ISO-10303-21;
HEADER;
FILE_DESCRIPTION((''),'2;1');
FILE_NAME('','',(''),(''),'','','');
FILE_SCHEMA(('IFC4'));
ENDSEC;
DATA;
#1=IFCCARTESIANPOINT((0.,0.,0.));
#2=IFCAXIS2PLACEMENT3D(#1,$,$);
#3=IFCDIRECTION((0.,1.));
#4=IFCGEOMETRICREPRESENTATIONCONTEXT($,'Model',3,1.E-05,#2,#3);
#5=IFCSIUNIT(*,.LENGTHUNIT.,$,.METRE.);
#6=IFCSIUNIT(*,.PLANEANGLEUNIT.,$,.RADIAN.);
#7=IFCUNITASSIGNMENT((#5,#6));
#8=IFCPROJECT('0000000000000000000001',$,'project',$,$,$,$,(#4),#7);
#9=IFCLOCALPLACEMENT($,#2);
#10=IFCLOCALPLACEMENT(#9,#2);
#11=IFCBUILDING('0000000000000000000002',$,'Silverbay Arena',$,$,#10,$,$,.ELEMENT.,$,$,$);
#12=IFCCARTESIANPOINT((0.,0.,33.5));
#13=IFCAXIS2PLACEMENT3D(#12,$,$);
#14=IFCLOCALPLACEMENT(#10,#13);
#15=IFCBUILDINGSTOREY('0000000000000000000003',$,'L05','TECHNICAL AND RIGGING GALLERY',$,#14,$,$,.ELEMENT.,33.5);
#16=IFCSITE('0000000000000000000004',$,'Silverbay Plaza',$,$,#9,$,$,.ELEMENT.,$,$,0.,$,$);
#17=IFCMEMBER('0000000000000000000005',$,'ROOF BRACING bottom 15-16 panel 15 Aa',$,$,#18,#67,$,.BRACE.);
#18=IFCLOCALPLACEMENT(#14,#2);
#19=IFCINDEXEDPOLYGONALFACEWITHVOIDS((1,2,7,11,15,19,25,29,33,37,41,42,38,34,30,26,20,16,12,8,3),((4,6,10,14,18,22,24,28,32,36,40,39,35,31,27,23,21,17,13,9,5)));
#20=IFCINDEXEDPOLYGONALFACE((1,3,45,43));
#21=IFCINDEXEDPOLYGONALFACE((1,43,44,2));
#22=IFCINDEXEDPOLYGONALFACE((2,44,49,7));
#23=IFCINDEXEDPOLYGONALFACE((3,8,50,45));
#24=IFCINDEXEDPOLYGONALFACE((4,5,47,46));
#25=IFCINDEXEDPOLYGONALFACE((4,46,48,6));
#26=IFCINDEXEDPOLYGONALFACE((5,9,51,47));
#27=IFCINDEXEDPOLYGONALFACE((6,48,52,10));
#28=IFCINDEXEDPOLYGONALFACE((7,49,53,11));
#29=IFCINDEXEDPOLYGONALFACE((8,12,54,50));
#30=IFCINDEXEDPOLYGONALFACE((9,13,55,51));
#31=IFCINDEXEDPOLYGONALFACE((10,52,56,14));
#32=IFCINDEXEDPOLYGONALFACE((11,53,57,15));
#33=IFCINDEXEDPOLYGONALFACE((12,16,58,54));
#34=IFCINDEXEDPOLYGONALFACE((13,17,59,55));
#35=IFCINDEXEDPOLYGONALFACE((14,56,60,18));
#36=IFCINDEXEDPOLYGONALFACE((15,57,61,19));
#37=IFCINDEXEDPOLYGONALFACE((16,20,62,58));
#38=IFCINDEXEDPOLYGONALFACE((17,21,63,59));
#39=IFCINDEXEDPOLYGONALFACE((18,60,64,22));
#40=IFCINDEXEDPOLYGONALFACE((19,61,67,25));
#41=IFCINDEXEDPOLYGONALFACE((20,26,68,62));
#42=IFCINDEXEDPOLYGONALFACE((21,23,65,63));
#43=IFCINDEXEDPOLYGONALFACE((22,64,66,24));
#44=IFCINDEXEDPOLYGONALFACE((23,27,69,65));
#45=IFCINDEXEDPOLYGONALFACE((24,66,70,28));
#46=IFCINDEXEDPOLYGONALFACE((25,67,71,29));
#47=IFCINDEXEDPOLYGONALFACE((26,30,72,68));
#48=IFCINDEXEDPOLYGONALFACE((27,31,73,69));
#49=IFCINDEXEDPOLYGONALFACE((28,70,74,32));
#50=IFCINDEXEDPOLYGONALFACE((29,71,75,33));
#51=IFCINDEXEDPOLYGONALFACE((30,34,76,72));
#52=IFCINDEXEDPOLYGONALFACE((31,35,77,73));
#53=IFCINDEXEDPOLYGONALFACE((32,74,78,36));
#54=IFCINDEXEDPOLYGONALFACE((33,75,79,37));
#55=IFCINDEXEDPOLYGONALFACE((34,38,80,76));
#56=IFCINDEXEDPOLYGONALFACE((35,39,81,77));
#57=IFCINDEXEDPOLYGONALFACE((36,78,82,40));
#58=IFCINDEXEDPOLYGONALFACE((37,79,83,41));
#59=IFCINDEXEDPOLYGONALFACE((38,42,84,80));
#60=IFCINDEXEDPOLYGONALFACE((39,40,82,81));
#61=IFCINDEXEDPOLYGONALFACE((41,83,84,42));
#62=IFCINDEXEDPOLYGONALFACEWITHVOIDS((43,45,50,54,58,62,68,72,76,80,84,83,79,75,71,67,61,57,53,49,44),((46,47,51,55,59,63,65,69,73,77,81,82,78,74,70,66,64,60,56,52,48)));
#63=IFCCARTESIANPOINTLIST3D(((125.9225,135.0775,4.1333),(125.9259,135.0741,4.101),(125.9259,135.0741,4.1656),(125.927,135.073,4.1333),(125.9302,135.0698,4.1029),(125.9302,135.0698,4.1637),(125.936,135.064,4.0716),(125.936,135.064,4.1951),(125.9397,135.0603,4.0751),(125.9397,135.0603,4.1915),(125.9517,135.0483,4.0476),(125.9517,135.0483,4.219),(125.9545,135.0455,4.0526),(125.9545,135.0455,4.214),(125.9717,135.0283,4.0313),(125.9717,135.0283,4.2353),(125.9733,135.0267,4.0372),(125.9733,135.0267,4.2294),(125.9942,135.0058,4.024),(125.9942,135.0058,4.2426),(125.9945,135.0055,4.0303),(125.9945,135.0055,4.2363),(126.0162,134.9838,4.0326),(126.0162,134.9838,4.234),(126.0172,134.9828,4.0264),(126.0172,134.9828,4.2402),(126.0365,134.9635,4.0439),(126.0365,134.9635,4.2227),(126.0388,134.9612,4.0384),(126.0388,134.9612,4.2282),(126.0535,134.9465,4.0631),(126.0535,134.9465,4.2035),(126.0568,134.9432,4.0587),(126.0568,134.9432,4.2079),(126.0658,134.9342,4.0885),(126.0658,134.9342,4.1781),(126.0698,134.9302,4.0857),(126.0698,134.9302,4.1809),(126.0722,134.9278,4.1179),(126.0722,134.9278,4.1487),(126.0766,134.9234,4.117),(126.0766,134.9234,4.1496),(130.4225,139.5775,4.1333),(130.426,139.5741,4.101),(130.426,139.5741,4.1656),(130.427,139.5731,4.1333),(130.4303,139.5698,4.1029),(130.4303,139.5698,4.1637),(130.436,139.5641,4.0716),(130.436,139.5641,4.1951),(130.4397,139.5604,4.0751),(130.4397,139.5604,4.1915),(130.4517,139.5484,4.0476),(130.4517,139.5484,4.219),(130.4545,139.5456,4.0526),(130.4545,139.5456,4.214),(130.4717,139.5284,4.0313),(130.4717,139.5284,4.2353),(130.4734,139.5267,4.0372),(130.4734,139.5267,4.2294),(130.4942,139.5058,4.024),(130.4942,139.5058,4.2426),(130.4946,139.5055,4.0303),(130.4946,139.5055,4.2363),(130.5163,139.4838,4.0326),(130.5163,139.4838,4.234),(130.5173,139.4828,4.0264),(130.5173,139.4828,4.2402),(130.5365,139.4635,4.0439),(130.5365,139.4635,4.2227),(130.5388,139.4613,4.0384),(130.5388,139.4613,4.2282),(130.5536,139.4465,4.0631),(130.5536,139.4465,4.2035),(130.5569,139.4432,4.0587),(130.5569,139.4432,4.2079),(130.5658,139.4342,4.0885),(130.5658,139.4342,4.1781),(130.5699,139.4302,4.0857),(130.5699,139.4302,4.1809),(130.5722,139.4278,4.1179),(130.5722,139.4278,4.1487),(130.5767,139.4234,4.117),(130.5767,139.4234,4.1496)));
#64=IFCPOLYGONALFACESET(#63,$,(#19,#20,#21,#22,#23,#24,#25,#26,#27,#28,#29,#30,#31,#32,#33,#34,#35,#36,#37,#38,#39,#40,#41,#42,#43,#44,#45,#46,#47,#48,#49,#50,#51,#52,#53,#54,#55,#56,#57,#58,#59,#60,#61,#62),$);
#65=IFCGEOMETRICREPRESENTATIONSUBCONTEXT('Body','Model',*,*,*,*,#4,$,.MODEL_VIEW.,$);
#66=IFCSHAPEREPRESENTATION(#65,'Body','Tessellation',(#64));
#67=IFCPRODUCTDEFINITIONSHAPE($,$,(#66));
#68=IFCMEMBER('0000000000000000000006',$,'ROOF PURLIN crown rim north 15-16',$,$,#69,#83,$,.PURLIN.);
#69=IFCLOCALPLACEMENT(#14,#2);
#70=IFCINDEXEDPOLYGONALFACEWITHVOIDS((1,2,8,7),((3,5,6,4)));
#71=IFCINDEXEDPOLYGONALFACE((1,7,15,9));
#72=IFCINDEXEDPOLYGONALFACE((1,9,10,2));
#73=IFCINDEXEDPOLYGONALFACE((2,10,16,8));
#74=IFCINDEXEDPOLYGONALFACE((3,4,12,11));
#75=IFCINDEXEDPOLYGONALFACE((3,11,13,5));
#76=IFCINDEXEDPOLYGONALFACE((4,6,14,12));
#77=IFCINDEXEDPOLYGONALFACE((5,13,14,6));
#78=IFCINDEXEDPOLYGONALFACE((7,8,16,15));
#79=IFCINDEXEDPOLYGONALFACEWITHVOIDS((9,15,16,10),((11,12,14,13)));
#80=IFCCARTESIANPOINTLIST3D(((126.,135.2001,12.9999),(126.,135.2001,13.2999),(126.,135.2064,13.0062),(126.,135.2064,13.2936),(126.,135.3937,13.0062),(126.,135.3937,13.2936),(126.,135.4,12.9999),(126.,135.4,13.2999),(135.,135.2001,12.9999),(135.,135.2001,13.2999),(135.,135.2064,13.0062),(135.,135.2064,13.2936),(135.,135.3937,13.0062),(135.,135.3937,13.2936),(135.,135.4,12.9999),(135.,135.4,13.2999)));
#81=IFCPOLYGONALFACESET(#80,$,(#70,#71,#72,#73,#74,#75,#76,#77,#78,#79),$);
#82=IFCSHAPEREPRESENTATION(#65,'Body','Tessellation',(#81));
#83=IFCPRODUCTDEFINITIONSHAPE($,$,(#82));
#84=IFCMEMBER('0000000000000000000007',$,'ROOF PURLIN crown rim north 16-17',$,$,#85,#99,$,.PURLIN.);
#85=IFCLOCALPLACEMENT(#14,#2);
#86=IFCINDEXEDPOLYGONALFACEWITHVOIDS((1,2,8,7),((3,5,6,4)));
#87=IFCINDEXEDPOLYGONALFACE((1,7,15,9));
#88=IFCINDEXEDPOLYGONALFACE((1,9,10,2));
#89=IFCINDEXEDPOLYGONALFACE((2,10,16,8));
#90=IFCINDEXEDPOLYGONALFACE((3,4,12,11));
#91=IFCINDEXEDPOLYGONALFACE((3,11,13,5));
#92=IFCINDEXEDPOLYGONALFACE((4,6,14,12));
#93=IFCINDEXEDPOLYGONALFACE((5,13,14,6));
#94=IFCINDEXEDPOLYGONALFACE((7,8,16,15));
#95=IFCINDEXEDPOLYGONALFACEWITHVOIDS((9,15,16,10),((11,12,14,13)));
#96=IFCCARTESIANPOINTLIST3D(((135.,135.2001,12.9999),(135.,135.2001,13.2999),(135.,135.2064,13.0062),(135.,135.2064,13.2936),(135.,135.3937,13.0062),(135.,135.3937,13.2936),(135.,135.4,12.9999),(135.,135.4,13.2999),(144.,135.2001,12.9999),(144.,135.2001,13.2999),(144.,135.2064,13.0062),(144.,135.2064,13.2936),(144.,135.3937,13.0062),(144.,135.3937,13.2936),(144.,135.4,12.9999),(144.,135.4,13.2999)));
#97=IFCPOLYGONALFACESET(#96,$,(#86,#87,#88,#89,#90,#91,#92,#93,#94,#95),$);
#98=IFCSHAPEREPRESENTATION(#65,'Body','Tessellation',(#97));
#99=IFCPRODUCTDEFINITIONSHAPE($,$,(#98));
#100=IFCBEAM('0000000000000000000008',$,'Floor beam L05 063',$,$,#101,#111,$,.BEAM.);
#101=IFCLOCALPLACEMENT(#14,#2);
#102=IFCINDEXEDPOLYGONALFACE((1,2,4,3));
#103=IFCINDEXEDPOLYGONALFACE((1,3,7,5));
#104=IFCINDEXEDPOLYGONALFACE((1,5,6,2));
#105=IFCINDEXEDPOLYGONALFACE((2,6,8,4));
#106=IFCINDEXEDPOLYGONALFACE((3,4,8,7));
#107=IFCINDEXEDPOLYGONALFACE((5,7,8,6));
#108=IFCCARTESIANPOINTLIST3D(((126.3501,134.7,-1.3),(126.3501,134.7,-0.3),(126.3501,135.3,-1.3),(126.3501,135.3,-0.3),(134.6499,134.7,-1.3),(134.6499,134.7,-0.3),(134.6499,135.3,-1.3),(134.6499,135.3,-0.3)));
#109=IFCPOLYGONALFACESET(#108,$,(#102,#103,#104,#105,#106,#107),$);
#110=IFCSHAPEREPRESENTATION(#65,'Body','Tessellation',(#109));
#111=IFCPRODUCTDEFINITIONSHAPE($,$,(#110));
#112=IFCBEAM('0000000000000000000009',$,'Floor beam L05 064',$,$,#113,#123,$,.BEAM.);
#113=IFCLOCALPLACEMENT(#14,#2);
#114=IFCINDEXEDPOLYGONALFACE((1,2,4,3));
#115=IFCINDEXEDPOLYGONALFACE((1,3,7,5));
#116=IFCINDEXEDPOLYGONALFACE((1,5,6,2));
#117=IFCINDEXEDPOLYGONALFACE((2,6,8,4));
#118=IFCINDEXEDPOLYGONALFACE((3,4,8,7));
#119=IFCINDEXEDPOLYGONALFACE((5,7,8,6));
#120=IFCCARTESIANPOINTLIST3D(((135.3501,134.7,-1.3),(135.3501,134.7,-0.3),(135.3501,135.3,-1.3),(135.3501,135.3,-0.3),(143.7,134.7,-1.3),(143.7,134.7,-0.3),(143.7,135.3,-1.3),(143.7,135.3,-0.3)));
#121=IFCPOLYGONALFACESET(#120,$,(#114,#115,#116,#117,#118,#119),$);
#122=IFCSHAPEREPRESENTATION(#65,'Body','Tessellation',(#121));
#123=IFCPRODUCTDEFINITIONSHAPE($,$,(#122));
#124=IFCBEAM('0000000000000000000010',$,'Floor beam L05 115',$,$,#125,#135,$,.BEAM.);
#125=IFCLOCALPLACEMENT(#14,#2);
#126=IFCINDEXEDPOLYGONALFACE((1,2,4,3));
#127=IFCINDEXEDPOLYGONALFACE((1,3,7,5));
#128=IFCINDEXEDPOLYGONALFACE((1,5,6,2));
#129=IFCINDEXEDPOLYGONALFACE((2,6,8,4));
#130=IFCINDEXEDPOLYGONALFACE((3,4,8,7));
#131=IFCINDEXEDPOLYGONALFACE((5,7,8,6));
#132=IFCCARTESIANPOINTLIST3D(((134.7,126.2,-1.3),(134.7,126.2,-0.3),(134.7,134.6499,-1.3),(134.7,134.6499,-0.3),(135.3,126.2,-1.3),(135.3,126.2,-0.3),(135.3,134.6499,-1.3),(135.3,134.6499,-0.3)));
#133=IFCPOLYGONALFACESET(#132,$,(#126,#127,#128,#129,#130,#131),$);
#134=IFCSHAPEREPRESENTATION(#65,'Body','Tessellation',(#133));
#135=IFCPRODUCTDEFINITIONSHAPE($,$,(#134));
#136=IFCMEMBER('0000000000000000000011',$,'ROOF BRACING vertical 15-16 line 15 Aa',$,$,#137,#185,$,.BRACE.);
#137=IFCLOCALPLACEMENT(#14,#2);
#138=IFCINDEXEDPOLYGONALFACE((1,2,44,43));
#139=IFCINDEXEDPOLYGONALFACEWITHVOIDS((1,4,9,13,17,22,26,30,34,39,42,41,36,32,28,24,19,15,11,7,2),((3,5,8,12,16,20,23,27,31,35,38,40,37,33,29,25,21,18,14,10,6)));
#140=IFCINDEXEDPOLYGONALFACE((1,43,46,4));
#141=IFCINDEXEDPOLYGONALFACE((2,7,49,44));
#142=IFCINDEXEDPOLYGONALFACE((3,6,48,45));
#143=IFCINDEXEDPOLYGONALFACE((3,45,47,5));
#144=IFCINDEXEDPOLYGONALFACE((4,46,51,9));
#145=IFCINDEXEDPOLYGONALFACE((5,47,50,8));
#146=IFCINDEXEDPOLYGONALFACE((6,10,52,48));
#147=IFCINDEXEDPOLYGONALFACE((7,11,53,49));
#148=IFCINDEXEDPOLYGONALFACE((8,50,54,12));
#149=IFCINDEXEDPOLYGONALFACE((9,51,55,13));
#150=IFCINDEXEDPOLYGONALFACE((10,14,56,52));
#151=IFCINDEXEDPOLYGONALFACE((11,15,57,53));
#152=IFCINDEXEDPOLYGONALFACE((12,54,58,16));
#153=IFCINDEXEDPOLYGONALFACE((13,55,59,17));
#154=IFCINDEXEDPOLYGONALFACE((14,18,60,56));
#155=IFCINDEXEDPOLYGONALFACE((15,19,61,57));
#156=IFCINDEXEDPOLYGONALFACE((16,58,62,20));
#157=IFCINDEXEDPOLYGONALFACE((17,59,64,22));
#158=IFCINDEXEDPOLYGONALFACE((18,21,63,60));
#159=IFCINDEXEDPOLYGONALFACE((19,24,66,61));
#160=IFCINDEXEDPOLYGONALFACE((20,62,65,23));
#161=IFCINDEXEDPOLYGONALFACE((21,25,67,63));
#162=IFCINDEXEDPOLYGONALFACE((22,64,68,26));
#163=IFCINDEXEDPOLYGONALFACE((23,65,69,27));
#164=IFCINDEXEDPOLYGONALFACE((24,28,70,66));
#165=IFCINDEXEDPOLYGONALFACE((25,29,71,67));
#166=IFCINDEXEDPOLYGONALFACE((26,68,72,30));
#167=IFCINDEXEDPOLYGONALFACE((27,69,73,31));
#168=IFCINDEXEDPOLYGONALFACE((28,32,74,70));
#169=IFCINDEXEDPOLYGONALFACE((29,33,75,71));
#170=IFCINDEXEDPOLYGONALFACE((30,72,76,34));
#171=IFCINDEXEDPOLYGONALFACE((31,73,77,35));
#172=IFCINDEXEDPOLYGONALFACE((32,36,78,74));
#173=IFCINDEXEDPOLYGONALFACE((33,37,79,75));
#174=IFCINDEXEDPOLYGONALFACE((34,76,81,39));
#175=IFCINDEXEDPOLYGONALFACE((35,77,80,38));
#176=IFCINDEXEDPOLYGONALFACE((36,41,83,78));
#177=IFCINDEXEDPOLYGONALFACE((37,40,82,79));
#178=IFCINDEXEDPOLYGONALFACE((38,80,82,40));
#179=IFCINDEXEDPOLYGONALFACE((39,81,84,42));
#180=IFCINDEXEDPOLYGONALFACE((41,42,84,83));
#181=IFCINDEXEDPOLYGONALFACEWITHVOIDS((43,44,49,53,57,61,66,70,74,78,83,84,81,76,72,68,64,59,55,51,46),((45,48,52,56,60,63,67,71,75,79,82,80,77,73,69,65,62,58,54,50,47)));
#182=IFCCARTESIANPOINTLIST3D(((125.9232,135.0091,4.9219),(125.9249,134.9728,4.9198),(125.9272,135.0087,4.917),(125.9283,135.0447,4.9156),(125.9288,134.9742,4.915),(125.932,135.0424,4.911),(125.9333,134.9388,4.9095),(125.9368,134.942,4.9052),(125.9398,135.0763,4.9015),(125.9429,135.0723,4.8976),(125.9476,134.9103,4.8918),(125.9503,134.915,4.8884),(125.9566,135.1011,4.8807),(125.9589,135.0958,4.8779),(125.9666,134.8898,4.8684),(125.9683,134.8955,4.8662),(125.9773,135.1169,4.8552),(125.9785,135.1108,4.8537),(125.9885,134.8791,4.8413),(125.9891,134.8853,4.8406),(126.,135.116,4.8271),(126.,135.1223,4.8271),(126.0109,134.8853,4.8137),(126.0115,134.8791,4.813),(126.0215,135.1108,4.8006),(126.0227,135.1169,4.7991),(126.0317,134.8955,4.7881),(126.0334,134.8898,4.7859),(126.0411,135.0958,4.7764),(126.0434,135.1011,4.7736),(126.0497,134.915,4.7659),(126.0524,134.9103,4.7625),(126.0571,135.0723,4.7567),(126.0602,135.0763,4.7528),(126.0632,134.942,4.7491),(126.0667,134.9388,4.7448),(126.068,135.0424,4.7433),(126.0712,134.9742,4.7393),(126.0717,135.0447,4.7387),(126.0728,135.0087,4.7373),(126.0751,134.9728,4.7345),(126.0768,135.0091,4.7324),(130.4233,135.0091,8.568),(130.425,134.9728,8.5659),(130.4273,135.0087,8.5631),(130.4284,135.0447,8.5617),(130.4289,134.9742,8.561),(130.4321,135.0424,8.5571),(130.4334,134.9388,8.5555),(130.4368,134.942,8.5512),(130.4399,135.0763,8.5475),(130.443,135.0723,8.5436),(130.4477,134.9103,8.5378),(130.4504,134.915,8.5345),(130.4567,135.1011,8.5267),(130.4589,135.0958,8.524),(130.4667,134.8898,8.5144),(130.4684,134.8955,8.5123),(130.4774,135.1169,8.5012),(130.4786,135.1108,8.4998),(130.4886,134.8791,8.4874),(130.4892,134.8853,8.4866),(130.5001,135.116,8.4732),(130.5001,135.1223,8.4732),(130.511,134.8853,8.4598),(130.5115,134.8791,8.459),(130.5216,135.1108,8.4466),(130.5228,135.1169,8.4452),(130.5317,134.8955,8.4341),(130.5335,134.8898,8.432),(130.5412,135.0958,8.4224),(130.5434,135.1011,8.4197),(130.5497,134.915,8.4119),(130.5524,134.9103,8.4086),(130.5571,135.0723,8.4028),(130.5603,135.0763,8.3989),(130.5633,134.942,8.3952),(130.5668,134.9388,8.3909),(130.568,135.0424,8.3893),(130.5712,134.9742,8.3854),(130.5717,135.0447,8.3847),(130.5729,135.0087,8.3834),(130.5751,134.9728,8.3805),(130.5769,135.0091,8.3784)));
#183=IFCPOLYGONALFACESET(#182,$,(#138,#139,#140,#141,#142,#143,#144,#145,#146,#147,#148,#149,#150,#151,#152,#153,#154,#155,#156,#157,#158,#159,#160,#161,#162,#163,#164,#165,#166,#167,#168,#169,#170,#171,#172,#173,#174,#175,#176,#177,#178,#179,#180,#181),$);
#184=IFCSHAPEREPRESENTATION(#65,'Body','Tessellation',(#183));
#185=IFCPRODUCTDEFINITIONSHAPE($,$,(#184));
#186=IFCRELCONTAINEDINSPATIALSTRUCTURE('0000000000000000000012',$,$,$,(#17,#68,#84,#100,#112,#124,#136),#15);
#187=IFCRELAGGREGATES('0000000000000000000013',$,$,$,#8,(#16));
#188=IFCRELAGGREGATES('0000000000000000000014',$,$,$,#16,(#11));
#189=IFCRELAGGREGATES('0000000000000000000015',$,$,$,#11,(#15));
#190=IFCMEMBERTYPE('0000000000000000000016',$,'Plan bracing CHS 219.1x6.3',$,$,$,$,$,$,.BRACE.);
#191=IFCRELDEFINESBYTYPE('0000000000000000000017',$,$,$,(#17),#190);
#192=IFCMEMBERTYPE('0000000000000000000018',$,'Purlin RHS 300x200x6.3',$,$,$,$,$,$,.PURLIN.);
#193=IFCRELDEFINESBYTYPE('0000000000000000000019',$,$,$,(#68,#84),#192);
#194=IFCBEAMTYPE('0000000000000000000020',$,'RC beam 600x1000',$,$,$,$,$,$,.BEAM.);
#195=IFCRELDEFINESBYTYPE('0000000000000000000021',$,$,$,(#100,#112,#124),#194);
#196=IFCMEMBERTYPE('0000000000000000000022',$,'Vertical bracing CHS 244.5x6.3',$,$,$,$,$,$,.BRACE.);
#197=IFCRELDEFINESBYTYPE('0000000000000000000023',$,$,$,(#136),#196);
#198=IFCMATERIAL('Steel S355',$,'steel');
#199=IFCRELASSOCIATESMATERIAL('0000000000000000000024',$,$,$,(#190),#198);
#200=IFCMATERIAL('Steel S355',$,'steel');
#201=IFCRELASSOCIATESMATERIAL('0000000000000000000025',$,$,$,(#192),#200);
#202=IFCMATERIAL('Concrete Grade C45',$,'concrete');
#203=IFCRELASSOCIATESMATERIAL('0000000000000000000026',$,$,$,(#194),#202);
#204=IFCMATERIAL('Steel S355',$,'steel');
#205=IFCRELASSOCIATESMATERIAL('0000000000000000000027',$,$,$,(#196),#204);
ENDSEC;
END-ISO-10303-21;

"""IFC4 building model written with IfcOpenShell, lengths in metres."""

from ifc_helpers import new_model, si_unit, direction, frame, origin, origin_2d, place, context, subcontext, project, spatial, rectangle, hollow_rectangle, hollow_circle, extrude, material, material_profile, profile_set, type_object, element, save


model = new_model("IFC4")

# Units and contexts
model_context = context("Model", 3, precision=1e-05, world=origin(), true_north=direction((0.0, 1.0)))
body_context = subcontext(model_context, "Body", "Model", "MODEL_VIEW")
ifc_project = project(units=[si_unit("LENGTHUNIT", "METRE"), si_unit("PLANEANGLEUNIT", "RADIAN")], contexts=[model_context])

# Site, building, storey
site_placement = place(None, origin())
site = spatial("IfcSite", under=ifc_project, at=site_placement, Name="Silverbay Plaza", CompositionType="ELEMENT", RefElevation=0.0)
building_placement = place(site_placement, origin())
building = spatial("IfcBuilding", under=site, at=building_placement, Name="Silverbay Arena", CompositionType="ELEMENT")
storey_placement = place(building_placement, frame((0.0, 0.0, 33.5)))
storey = spatial("IfcBuildingStorey", under=building, at=storey_placement, Name="L05", Description="TECHNICAL AND RIGGING GALLERY", CompositionType="ELEMENT", Elevation=33.5)

# Members
ifc_material_1 = material(Name="Steel S355", Category="steel")
ifc_material_profile_1 = material_profile(ifc_material_1, hollow_circle(Radius=0.1096, WallThickness=0.0063, at=origin_2d()), Name="CHS 219.1x6.3")
ifc_profile_set_1 = profile_set([ifc_material_profile_1], Name="Steel S355")
member_type_1 = type_object("IfcMemberType", Name="Plan bracing CHS 219.1x6.3", PredefinedType="BRACE", material=ifc_profile_set_1)
for number, where, z_axis, x_axis, name in (
    (1, (126.0, 135.0, 4.1333), (0.707107, 0.707107, 0.0), (-0.707107, 0.707107, 0.0), "ROOF BRACING bottom 15-16 panel 15 Aa"),
):
    element("IfcMember", number, at=place(storey_placement, frame(where, z_axis=z_axis, x_axis=x_axis)), inside=storey, type_object=member_type_1, Name=name, PredefinedType="BRACE", context=body_context, shape_type="SweptSolid", body=[
        extrude(hollow_circle(Radius=0.1096, WallThickness=0.0063, at=origin_2d()), origin(), (0.0, 0.0, 1.0), 6.364),
    ])
ifc_material_2 = material(Name="Steel S355", Category="steel")
ifc_material_profile_2 = material_profile(ifc_material_2, hollow_rectangle(XDim=0.2, YDim=0.3, WallThickness=0.0063, at=origin_2d()), Name="RHS 300x200x6.3")
ifc_profile_set_2 = profile_set([ifc_material_profile_2], Name="Steel S355")
member_type_2 = type_object("IfcMemberType", Name="Purlin RHS 300x200x6.3", PredefinedType="PURLIN", material=ifc_profile_set_2)
for number, where, z_axis, x_axis, name in (
    (2, (126.0, 135.3, 13.1499), (1.0, 0.0, 0.0), (0.0, 1.0, 0.0), "ROOF PURLIN crown rim north 15-16"),
    (3, (135.0, 135.3, 13.1499), (1.0, 0.0, 0.0), (0.0, 1.0, 0.0), "ROOF PURLIN crown rim north 16-17"),
):
    element("IfcMember", number, at=place(storey_placement, frame(where, z_axis=z_axis, x_axis=x_axis)), inside=storey, type_object=member_type_2, Name=name, PredefinedType="PURLIN", context=body_context, shape_type="SweptSolid", body=[
        extrude(hollow_rectangle(XDim=0.2, YDim=0.3, WallThickness=0.0063, at=origin_2d()), origin(), (0.0, 0.0, 1.0), 9.0),
    ])

# Beams
ifc_material_3 = material(Name="Concrete Grade C45", Category="concrete")
ifc_material_profile_3 = material_profile(ifc_material_3, rectangle(XDim=0.6001, YDim=1.0, at=origin_2d()), Name="RC 600x1000")
ifc_profile_set_3 = profile_set([ifc_material_profile_3], Name="Concrete Grade C45")
beam_type = type_object("IfcBeamType", Name="RC beam 600x1000", PredefinedType="BEAM", material=ifc_profile_set_3)
beam_1_placement = place(storey_placement, frame((126.3501, 135.0, -0.8), z_axis=(1.0, 0.0, 0.0), x_axis=(0.0, 1.0, 0.0)))
element("IfcBeam", 4, at=beam_1_placement, inside=storey, type_object=beam_type, Name="Floor beam L05 063", PredefinedType="BEAM", context=body_context, shape_type="SweptSolid", body=[
    extrude(rectangle(XDim=0.6001, YDim=1.0, at=origin_2d()), origin(), (0.0, 0.0, 1.0), 8.2998),
])
beam_2_placement = place(storey_placement, frame((135.3501, 135.0, -0.8), z_axis=(1.0, 0.0, 0.0), x_axis=(0.0, 1.0, 0.0)))
element("IfcBeam", 5, at=beam_2_placement, inside=storey, type_object=beam_type, Name="Floor beam L05 064", PredefinedType="BEAM", context=body_context, shape_type="SweptSolid", body=[
    extrude(rectangle(XDim=0.6001, YDim=1.0, at=origin_2d()), origin(), (0.0, 0.0, 1.0), 8.3499),
])
beam_3_placement = place(storey_placement, frame((135.0, 126.2, -0.8), z_axis=(0.0, 1.0, 0.0), x_axis=(-1.0, 0.0, 0.0)))
element("IfcBeam", 6, at=beam_3_placement, inside=storey, type_object=beam_type, Name="Floor beam L05 115", PredefinedType="BEAM", context=body_context, shape_type="SweptSolid", body=[
    extrude(rectangle(XDim=0.6001, YDim=1.0, at=origin_2d()), origin(), (0.0, 0.0, 1.0), 8.45),
])

# Member
ifc_material_4 = material(Name="Steel S355", Category="steel")
ifc_material_profile_4 = material_profile(ifc_material_4, hollow_circle(Radius=0.1223, WallThickness=0.0063, at=origin_2d()), Name="CHS 244.5x6.3")
ifc_profile_set_4 = profile_set([ifc_material_profile_4], Name="Steel S355")
member_type_3 = type_object("IfcMemberType", Name="Vertical bracing CHS 244.5x6.3", PredefinedType="BRACE", material=ifc_profile_set_4)
member_1_placement = place(storey_placement, frame((126.0, 135.0, 4.8271), z_axis=(0.77698, 0.0, 0.629526), x_axis=(0.0, 1.0, 0.0)))
element("IfcMember", 7, at=member_1_placement, inside=storey, type_object=member_type_3, Name="ROOF BRACING vertical 15-16 line 15 Aa", PredefinedType="BRACE", context=body_context, shape_type="SweptSolid", body=[
    extrude(hollow_circle(Radius=0.1223, WallThickness=0.0063, at=origin_2d()), origin(), (0.0, 0.0, 1.0), 5.7917),
])

save(model, "model.ifc")
